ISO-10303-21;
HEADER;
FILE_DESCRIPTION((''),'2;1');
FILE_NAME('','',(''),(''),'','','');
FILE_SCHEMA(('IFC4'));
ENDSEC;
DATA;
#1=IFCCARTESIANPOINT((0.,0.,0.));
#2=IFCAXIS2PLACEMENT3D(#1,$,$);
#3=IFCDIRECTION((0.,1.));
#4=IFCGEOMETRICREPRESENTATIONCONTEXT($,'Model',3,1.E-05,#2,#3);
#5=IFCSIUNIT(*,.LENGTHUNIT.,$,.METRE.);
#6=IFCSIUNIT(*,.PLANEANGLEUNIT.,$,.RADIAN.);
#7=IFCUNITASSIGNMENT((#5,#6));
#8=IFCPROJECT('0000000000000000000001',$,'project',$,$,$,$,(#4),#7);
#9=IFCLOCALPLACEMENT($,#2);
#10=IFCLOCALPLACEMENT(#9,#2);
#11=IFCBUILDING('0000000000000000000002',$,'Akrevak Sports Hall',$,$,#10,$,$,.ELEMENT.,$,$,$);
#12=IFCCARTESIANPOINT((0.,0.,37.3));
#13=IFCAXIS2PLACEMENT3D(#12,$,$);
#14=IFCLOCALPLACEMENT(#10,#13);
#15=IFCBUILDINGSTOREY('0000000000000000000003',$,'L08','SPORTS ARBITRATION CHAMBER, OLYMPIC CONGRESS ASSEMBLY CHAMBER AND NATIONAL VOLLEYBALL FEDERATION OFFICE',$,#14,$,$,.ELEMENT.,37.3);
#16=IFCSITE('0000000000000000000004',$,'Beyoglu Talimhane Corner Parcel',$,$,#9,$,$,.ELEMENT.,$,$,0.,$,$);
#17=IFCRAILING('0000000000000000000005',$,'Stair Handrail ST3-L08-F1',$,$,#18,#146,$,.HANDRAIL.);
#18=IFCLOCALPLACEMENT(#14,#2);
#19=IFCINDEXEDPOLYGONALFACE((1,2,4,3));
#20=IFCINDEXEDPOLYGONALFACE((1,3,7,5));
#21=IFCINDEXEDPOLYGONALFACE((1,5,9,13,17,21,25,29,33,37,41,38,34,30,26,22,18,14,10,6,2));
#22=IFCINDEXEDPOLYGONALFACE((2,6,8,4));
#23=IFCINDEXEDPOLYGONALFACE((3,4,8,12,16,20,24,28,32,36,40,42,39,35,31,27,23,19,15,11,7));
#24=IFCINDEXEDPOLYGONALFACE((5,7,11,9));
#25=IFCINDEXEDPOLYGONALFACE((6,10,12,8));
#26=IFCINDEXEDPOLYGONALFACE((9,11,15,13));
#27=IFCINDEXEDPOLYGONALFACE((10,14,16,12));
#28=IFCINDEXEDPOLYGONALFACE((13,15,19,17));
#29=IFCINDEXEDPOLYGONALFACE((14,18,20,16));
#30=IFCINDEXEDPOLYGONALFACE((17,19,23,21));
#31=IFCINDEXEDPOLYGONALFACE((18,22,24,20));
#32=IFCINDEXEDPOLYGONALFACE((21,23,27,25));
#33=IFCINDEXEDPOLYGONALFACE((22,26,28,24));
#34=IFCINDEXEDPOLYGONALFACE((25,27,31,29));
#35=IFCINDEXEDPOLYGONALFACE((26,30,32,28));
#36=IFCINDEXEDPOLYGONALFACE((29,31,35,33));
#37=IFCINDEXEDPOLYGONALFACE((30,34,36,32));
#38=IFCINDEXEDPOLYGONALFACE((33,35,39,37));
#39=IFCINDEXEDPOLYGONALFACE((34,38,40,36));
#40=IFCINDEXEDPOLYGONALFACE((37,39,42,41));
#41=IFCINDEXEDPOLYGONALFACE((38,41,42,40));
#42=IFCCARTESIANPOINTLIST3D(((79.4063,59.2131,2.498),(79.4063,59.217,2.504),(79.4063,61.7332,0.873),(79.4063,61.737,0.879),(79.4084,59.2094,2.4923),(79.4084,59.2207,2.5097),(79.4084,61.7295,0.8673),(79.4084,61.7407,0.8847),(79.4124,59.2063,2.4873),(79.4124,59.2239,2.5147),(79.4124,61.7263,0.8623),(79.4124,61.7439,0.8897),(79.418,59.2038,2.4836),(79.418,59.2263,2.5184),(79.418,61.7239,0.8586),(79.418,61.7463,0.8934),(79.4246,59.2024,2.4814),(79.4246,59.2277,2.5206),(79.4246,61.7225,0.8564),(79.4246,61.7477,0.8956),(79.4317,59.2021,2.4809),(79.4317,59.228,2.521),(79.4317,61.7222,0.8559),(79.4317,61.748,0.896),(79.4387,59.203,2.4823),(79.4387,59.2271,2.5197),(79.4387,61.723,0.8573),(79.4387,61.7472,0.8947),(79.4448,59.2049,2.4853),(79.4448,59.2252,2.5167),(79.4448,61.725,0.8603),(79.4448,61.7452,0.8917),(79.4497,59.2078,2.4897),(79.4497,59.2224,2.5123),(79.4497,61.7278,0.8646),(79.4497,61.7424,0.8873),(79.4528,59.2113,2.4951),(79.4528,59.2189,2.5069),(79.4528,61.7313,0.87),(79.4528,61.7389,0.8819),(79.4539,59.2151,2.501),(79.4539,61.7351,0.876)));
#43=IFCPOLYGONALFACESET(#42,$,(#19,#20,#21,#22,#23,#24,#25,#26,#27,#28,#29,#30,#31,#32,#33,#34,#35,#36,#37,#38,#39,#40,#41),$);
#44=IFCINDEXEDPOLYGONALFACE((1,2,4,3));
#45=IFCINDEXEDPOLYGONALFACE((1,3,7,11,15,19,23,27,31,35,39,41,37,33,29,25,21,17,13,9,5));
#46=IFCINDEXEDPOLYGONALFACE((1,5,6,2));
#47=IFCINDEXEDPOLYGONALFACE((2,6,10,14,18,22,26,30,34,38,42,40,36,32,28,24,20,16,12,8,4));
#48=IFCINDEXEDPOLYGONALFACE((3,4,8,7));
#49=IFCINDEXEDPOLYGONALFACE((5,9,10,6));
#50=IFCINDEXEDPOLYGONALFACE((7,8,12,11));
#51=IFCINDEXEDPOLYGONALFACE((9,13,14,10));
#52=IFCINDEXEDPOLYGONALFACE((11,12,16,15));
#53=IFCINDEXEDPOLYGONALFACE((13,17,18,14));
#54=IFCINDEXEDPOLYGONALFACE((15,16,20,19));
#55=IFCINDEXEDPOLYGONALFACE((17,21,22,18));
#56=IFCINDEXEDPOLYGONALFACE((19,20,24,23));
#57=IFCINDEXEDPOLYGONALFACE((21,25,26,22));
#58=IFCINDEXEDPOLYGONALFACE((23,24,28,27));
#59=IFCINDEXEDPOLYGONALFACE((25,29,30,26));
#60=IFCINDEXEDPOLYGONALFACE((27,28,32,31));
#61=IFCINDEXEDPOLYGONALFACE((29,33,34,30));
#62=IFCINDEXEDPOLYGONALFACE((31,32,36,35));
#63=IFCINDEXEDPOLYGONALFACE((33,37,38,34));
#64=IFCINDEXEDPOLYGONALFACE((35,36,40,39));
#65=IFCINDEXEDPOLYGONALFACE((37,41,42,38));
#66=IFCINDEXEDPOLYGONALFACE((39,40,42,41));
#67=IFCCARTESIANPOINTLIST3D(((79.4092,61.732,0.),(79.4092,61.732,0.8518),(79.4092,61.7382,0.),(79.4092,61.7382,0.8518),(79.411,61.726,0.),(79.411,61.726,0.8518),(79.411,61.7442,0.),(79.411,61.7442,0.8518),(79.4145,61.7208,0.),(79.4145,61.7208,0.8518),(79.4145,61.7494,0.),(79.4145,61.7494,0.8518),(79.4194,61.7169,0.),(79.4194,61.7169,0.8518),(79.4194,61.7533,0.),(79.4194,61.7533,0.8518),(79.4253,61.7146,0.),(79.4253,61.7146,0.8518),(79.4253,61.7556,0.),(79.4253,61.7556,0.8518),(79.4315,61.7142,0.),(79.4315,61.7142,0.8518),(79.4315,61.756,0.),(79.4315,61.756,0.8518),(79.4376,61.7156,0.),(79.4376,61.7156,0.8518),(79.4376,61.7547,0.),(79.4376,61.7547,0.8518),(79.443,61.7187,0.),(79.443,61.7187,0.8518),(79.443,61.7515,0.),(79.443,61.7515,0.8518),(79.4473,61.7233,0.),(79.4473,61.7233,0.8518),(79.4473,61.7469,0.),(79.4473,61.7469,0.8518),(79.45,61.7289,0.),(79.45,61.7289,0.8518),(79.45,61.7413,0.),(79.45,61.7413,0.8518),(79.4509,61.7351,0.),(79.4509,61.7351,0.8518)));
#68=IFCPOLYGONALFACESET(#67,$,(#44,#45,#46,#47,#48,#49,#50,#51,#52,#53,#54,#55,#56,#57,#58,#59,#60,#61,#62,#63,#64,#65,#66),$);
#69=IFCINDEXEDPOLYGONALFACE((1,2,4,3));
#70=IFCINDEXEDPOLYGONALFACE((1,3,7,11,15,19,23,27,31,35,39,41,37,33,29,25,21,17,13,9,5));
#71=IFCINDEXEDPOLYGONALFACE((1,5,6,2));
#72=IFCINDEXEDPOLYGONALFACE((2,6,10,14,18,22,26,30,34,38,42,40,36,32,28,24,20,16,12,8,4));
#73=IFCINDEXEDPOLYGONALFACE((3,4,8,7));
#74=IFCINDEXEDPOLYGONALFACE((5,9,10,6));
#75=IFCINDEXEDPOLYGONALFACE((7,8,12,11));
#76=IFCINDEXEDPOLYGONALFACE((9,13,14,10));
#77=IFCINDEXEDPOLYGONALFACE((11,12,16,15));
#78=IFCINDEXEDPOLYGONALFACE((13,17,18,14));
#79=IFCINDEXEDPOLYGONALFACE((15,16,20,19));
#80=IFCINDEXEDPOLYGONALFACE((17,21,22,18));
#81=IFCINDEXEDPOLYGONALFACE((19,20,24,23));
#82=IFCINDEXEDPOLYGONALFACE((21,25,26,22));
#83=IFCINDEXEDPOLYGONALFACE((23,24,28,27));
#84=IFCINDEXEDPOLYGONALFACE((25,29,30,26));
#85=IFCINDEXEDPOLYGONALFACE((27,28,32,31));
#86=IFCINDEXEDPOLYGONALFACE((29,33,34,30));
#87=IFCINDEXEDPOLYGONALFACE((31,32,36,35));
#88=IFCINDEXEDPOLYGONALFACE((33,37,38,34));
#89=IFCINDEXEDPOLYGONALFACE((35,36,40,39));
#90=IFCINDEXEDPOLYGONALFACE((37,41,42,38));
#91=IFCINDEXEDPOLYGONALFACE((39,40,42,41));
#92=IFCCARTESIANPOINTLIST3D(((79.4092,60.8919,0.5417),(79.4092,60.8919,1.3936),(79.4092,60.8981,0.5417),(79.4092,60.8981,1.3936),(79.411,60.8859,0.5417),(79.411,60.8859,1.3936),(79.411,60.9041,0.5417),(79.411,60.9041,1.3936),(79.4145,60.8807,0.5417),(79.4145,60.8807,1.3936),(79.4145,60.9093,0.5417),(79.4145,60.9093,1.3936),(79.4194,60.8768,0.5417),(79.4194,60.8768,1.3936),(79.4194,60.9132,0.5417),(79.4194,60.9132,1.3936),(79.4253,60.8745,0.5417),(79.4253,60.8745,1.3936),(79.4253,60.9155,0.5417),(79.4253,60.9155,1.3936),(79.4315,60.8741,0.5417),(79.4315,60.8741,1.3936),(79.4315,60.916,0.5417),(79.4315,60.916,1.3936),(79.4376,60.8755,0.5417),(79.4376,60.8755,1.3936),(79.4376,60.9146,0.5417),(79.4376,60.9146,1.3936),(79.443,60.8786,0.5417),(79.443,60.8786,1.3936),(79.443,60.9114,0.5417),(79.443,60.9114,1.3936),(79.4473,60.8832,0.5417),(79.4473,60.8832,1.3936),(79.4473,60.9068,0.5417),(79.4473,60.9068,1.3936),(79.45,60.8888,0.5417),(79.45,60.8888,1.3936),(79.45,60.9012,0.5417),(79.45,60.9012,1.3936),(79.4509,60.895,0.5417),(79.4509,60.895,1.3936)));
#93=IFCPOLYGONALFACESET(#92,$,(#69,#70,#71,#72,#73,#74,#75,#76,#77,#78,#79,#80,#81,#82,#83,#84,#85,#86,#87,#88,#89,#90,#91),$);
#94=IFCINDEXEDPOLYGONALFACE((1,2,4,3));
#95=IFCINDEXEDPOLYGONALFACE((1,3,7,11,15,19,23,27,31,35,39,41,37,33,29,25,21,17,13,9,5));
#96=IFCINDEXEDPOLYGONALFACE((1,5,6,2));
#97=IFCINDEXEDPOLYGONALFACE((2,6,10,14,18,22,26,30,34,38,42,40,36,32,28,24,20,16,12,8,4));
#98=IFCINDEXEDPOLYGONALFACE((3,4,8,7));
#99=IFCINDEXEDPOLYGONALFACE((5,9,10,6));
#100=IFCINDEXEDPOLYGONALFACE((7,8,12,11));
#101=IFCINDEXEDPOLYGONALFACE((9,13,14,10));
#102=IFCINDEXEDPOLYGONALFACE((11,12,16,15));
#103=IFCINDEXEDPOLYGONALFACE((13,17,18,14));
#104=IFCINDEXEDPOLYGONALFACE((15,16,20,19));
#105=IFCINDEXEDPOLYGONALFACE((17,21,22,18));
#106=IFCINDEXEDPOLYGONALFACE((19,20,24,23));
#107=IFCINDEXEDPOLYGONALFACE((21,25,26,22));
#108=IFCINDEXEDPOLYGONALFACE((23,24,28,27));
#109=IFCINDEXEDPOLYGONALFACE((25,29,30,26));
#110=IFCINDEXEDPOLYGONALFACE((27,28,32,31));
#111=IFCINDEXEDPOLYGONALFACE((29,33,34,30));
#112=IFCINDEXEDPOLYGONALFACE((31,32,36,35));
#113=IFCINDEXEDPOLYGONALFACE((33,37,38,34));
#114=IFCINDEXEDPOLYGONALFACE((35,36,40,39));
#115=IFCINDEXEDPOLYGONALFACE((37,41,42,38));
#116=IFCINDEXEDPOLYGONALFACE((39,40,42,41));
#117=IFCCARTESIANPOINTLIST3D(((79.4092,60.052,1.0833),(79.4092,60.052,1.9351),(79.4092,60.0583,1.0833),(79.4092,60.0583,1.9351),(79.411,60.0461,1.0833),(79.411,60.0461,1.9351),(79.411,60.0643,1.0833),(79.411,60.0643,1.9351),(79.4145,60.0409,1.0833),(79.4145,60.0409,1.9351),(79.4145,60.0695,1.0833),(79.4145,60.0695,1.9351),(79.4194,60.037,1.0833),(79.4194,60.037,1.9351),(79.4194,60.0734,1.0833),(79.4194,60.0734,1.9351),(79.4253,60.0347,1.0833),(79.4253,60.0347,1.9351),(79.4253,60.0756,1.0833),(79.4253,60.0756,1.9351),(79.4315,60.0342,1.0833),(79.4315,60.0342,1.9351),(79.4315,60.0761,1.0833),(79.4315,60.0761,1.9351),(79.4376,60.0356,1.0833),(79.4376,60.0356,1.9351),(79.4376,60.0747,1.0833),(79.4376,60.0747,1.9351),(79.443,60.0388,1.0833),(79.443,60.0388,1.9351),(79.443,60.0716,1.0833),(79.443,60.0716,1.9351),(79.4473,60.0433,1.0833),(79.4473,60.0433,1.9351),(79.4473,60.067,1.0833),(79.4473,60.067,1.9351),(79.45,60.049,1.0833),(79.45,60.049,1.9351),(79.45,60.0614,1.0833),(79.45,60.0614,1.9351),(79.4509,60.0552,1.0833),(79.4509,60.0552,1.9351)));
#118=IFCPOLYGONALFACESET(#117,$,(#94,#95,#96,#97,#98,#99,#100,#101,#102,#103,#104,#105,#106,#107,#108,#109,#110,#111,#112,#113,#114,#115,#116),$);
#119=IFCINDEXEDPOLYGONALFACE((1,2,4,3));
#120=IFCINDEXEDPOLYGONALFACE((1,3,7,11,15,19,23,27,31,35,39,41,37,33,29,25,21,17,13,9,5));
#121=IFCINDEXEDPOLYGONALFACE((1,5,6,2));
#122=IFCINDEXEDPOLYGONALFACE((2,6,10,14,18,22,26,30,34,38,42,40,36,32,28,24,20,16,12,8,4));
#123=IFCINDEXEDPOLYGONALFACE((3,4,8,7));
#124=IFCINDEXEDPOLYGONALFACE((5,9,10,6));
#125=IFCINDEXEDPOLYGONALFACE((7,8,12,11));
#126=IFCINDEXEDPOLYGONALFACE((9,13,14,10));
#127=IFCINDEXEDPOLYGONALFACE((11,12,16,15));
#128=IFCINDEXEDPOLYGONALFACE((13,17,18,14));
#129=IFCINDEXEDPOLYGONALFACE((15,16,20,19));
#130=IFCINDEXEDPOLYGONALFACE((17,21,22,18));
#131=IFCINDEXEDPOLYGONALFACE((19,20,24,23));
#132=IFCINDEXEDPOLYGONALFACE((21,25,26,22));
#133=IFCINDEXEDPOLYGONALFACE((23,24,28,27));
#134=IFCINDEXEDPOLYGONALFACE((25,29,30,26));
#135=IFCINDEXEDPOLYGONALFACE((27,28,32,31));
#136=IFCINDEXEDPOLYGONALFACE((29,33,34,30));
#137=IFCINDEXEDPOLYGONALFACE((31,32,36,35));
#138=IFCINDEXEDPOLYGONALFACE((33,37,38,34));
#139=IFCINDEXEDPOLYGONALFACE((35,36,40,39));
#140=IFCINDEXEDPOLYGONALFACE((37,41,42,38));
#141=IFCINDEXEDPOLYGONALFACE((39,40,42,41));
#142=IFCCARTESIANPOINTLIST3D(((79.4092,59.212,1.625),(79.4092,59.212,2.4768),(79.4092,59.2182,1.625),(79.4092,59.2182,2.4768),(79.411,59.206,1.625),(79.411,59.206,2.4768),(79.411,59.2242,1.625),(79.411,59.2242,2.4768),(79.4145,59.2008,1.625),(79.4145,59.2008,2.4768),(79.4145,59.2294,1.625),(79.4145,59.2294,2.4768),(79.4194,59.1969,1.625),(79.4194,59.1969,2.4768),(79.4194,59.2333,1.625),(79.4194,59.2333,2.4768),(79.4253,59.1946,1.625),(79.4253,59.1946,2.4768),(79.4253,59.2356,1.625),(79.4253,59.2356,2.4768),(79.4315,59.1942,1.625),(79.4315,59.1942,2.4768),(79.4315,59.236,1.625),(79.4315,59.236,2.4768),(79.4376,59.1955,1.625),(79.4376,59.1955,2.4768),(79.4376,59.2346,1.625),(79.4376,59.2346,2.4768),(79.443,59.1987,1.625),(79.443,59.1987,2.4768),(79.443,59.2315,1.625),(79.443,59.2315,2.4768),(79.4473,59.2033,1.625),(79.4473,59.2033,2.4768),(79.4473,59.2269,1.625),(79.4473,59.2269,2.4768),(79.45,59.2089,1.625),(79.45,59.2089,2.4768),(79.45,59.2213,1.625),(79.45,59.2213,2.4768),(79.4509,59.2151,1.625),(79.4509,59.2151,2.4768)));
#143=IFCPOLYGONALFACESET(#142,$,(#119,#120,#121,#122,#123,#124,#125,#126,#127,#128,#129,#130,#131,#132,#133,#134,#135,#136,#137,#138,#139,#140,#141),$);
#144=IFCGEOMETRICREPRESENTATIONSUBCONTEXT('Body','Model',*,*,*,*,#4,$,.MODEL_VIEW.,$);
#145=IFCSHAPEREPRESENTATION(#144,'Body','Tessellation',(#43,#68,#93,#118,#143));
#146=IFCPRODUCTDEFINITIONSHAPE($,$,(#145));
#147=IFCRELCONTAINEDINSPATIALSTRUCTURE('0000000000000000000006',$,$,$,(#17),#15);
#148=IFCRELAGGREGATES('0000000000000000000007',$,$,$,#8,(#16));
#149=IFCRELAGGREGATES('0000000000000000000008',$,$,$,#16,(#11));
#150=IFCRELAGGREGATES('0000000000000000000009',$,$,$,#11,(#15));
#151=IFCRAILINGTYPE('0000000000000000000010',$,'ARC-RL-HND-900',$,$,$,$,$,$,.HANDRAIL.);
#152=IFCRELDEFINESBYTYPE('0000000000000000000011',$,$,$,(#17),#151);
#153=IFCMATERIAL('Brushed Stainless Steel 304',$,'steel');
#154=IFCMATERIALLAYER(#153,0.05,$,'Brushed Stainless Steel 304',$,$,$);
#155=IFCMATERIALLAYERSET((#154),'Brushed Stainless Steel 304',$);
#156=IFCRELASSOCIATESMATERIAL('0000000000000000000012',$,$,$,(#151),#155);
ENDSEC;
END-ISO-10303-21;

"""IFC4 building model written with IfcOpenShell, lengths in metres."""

from ifc_helpers import new_model, si_unit, direction, frame, origin, origin_2d, place, context, subcontext, project, spatial, circle, extrude, material, layer, layer_set, type_object, element, save


model = new_model("IFC4")

# Units and contexts
model_context = context("Model", 3, precision=1e-05, world=origin(), true_north=direction((0.0, 1.0)))
body_context = subcontext(model_context, "Body", "Model", "MODEL_VIEW")
ifc_project = project(units=[si_unit("LENGTHUNIT", "METRE"), si_unit("PLANEANGLEUNIT", "RADIAN")], contexts=[model_context])

# Site, building, storey
site_placement = place(None, origin())
site = spatial("IfcSite", under=ifc_project, at=site_placement, Name="Beyoglu Talimhane Corner Parcel", CompositionType="ELEMENT", RefElevation=0.0)
building_placement = place(site_placement, origin())
building = spatial("IfcBuilding", under=site, at=building_placement, Name="Akrevak Sports Hall", CompositionType="ELEMENT")
storey_placement = place(building_placement, frame((0.0, 0.0, 37.3)))
storey = spatial("IfcBuildingStorey", under=building, at=storey_placement, Name="L08", Description="SPORTS ARBITRATION CHAMBER, OLYMPIC CONGRESS ASSEMBLY CHAMBER AND NATIONAL VOLLEYBALL FEDERATION OFFICE", CompositionType="ELEMENT", Elevation=37.3)

# Railing
ifc_material_1 = material(Name="Brushed Stainless Steel 304", Category="steel")
ifc_layer_1 = layer(ifc_material_1, 0.05, Name="Brushed Stainless Steel 304")
ifc_layer_set_1 = layer_set([ifc_layer_1], Name="Brushed Stainless Steel 304")
railing_type_1 = type_object("IfcRailingType", Name="ARC-RL-HND-900", PredefinedType="HANDRAIL", material=ifc_layer_set_1)
railing_1_placement = place(storey_placement, frame((79.4299, 61.7351, 0.0)))
element("IfcRailing", 1, at=railing_1_placement, inside=storey, type_object=railing_type_1, Name="Stair Handrail ST3-L08-F1", PredefinedType="HANDRAIL", context=body_context, shape_type="SweptSolid", body=[
    extrude(circle(Radius=0.0239, at=origin_2d()), frame((0.0, 0.0, 0.876), z_axis=(0.0, -0.840421, 0.541934), x_axis=(1.0, 0.0, 0.0)), (0.0, 0.0, 1.0), 2.9985),
    extrude(circle(Radius=0.021, at=origin_2d()), origin(), (0.0, 0.0, 1.0), 0.8518),
    extrude(circle(Radius=0.021, at=origin_2d()), frame((0.0, -0.8401, 0.5417)), (0.0, 0.0, 1.0), 0.8518),
    extrude(circle(Radius=0.021, at=origin_2d()), frame((0.0, -1.6799, 1.0833)), (0.0, 0.0, 1.0), 0.8518),
    extrude(circle(Radius=0.021, at=origin_2d()), frame((0.0, -2.52, 1.625)), (0.0, 0.0, 1.0), 0.8518),
])

save(model, "model.ifc")
